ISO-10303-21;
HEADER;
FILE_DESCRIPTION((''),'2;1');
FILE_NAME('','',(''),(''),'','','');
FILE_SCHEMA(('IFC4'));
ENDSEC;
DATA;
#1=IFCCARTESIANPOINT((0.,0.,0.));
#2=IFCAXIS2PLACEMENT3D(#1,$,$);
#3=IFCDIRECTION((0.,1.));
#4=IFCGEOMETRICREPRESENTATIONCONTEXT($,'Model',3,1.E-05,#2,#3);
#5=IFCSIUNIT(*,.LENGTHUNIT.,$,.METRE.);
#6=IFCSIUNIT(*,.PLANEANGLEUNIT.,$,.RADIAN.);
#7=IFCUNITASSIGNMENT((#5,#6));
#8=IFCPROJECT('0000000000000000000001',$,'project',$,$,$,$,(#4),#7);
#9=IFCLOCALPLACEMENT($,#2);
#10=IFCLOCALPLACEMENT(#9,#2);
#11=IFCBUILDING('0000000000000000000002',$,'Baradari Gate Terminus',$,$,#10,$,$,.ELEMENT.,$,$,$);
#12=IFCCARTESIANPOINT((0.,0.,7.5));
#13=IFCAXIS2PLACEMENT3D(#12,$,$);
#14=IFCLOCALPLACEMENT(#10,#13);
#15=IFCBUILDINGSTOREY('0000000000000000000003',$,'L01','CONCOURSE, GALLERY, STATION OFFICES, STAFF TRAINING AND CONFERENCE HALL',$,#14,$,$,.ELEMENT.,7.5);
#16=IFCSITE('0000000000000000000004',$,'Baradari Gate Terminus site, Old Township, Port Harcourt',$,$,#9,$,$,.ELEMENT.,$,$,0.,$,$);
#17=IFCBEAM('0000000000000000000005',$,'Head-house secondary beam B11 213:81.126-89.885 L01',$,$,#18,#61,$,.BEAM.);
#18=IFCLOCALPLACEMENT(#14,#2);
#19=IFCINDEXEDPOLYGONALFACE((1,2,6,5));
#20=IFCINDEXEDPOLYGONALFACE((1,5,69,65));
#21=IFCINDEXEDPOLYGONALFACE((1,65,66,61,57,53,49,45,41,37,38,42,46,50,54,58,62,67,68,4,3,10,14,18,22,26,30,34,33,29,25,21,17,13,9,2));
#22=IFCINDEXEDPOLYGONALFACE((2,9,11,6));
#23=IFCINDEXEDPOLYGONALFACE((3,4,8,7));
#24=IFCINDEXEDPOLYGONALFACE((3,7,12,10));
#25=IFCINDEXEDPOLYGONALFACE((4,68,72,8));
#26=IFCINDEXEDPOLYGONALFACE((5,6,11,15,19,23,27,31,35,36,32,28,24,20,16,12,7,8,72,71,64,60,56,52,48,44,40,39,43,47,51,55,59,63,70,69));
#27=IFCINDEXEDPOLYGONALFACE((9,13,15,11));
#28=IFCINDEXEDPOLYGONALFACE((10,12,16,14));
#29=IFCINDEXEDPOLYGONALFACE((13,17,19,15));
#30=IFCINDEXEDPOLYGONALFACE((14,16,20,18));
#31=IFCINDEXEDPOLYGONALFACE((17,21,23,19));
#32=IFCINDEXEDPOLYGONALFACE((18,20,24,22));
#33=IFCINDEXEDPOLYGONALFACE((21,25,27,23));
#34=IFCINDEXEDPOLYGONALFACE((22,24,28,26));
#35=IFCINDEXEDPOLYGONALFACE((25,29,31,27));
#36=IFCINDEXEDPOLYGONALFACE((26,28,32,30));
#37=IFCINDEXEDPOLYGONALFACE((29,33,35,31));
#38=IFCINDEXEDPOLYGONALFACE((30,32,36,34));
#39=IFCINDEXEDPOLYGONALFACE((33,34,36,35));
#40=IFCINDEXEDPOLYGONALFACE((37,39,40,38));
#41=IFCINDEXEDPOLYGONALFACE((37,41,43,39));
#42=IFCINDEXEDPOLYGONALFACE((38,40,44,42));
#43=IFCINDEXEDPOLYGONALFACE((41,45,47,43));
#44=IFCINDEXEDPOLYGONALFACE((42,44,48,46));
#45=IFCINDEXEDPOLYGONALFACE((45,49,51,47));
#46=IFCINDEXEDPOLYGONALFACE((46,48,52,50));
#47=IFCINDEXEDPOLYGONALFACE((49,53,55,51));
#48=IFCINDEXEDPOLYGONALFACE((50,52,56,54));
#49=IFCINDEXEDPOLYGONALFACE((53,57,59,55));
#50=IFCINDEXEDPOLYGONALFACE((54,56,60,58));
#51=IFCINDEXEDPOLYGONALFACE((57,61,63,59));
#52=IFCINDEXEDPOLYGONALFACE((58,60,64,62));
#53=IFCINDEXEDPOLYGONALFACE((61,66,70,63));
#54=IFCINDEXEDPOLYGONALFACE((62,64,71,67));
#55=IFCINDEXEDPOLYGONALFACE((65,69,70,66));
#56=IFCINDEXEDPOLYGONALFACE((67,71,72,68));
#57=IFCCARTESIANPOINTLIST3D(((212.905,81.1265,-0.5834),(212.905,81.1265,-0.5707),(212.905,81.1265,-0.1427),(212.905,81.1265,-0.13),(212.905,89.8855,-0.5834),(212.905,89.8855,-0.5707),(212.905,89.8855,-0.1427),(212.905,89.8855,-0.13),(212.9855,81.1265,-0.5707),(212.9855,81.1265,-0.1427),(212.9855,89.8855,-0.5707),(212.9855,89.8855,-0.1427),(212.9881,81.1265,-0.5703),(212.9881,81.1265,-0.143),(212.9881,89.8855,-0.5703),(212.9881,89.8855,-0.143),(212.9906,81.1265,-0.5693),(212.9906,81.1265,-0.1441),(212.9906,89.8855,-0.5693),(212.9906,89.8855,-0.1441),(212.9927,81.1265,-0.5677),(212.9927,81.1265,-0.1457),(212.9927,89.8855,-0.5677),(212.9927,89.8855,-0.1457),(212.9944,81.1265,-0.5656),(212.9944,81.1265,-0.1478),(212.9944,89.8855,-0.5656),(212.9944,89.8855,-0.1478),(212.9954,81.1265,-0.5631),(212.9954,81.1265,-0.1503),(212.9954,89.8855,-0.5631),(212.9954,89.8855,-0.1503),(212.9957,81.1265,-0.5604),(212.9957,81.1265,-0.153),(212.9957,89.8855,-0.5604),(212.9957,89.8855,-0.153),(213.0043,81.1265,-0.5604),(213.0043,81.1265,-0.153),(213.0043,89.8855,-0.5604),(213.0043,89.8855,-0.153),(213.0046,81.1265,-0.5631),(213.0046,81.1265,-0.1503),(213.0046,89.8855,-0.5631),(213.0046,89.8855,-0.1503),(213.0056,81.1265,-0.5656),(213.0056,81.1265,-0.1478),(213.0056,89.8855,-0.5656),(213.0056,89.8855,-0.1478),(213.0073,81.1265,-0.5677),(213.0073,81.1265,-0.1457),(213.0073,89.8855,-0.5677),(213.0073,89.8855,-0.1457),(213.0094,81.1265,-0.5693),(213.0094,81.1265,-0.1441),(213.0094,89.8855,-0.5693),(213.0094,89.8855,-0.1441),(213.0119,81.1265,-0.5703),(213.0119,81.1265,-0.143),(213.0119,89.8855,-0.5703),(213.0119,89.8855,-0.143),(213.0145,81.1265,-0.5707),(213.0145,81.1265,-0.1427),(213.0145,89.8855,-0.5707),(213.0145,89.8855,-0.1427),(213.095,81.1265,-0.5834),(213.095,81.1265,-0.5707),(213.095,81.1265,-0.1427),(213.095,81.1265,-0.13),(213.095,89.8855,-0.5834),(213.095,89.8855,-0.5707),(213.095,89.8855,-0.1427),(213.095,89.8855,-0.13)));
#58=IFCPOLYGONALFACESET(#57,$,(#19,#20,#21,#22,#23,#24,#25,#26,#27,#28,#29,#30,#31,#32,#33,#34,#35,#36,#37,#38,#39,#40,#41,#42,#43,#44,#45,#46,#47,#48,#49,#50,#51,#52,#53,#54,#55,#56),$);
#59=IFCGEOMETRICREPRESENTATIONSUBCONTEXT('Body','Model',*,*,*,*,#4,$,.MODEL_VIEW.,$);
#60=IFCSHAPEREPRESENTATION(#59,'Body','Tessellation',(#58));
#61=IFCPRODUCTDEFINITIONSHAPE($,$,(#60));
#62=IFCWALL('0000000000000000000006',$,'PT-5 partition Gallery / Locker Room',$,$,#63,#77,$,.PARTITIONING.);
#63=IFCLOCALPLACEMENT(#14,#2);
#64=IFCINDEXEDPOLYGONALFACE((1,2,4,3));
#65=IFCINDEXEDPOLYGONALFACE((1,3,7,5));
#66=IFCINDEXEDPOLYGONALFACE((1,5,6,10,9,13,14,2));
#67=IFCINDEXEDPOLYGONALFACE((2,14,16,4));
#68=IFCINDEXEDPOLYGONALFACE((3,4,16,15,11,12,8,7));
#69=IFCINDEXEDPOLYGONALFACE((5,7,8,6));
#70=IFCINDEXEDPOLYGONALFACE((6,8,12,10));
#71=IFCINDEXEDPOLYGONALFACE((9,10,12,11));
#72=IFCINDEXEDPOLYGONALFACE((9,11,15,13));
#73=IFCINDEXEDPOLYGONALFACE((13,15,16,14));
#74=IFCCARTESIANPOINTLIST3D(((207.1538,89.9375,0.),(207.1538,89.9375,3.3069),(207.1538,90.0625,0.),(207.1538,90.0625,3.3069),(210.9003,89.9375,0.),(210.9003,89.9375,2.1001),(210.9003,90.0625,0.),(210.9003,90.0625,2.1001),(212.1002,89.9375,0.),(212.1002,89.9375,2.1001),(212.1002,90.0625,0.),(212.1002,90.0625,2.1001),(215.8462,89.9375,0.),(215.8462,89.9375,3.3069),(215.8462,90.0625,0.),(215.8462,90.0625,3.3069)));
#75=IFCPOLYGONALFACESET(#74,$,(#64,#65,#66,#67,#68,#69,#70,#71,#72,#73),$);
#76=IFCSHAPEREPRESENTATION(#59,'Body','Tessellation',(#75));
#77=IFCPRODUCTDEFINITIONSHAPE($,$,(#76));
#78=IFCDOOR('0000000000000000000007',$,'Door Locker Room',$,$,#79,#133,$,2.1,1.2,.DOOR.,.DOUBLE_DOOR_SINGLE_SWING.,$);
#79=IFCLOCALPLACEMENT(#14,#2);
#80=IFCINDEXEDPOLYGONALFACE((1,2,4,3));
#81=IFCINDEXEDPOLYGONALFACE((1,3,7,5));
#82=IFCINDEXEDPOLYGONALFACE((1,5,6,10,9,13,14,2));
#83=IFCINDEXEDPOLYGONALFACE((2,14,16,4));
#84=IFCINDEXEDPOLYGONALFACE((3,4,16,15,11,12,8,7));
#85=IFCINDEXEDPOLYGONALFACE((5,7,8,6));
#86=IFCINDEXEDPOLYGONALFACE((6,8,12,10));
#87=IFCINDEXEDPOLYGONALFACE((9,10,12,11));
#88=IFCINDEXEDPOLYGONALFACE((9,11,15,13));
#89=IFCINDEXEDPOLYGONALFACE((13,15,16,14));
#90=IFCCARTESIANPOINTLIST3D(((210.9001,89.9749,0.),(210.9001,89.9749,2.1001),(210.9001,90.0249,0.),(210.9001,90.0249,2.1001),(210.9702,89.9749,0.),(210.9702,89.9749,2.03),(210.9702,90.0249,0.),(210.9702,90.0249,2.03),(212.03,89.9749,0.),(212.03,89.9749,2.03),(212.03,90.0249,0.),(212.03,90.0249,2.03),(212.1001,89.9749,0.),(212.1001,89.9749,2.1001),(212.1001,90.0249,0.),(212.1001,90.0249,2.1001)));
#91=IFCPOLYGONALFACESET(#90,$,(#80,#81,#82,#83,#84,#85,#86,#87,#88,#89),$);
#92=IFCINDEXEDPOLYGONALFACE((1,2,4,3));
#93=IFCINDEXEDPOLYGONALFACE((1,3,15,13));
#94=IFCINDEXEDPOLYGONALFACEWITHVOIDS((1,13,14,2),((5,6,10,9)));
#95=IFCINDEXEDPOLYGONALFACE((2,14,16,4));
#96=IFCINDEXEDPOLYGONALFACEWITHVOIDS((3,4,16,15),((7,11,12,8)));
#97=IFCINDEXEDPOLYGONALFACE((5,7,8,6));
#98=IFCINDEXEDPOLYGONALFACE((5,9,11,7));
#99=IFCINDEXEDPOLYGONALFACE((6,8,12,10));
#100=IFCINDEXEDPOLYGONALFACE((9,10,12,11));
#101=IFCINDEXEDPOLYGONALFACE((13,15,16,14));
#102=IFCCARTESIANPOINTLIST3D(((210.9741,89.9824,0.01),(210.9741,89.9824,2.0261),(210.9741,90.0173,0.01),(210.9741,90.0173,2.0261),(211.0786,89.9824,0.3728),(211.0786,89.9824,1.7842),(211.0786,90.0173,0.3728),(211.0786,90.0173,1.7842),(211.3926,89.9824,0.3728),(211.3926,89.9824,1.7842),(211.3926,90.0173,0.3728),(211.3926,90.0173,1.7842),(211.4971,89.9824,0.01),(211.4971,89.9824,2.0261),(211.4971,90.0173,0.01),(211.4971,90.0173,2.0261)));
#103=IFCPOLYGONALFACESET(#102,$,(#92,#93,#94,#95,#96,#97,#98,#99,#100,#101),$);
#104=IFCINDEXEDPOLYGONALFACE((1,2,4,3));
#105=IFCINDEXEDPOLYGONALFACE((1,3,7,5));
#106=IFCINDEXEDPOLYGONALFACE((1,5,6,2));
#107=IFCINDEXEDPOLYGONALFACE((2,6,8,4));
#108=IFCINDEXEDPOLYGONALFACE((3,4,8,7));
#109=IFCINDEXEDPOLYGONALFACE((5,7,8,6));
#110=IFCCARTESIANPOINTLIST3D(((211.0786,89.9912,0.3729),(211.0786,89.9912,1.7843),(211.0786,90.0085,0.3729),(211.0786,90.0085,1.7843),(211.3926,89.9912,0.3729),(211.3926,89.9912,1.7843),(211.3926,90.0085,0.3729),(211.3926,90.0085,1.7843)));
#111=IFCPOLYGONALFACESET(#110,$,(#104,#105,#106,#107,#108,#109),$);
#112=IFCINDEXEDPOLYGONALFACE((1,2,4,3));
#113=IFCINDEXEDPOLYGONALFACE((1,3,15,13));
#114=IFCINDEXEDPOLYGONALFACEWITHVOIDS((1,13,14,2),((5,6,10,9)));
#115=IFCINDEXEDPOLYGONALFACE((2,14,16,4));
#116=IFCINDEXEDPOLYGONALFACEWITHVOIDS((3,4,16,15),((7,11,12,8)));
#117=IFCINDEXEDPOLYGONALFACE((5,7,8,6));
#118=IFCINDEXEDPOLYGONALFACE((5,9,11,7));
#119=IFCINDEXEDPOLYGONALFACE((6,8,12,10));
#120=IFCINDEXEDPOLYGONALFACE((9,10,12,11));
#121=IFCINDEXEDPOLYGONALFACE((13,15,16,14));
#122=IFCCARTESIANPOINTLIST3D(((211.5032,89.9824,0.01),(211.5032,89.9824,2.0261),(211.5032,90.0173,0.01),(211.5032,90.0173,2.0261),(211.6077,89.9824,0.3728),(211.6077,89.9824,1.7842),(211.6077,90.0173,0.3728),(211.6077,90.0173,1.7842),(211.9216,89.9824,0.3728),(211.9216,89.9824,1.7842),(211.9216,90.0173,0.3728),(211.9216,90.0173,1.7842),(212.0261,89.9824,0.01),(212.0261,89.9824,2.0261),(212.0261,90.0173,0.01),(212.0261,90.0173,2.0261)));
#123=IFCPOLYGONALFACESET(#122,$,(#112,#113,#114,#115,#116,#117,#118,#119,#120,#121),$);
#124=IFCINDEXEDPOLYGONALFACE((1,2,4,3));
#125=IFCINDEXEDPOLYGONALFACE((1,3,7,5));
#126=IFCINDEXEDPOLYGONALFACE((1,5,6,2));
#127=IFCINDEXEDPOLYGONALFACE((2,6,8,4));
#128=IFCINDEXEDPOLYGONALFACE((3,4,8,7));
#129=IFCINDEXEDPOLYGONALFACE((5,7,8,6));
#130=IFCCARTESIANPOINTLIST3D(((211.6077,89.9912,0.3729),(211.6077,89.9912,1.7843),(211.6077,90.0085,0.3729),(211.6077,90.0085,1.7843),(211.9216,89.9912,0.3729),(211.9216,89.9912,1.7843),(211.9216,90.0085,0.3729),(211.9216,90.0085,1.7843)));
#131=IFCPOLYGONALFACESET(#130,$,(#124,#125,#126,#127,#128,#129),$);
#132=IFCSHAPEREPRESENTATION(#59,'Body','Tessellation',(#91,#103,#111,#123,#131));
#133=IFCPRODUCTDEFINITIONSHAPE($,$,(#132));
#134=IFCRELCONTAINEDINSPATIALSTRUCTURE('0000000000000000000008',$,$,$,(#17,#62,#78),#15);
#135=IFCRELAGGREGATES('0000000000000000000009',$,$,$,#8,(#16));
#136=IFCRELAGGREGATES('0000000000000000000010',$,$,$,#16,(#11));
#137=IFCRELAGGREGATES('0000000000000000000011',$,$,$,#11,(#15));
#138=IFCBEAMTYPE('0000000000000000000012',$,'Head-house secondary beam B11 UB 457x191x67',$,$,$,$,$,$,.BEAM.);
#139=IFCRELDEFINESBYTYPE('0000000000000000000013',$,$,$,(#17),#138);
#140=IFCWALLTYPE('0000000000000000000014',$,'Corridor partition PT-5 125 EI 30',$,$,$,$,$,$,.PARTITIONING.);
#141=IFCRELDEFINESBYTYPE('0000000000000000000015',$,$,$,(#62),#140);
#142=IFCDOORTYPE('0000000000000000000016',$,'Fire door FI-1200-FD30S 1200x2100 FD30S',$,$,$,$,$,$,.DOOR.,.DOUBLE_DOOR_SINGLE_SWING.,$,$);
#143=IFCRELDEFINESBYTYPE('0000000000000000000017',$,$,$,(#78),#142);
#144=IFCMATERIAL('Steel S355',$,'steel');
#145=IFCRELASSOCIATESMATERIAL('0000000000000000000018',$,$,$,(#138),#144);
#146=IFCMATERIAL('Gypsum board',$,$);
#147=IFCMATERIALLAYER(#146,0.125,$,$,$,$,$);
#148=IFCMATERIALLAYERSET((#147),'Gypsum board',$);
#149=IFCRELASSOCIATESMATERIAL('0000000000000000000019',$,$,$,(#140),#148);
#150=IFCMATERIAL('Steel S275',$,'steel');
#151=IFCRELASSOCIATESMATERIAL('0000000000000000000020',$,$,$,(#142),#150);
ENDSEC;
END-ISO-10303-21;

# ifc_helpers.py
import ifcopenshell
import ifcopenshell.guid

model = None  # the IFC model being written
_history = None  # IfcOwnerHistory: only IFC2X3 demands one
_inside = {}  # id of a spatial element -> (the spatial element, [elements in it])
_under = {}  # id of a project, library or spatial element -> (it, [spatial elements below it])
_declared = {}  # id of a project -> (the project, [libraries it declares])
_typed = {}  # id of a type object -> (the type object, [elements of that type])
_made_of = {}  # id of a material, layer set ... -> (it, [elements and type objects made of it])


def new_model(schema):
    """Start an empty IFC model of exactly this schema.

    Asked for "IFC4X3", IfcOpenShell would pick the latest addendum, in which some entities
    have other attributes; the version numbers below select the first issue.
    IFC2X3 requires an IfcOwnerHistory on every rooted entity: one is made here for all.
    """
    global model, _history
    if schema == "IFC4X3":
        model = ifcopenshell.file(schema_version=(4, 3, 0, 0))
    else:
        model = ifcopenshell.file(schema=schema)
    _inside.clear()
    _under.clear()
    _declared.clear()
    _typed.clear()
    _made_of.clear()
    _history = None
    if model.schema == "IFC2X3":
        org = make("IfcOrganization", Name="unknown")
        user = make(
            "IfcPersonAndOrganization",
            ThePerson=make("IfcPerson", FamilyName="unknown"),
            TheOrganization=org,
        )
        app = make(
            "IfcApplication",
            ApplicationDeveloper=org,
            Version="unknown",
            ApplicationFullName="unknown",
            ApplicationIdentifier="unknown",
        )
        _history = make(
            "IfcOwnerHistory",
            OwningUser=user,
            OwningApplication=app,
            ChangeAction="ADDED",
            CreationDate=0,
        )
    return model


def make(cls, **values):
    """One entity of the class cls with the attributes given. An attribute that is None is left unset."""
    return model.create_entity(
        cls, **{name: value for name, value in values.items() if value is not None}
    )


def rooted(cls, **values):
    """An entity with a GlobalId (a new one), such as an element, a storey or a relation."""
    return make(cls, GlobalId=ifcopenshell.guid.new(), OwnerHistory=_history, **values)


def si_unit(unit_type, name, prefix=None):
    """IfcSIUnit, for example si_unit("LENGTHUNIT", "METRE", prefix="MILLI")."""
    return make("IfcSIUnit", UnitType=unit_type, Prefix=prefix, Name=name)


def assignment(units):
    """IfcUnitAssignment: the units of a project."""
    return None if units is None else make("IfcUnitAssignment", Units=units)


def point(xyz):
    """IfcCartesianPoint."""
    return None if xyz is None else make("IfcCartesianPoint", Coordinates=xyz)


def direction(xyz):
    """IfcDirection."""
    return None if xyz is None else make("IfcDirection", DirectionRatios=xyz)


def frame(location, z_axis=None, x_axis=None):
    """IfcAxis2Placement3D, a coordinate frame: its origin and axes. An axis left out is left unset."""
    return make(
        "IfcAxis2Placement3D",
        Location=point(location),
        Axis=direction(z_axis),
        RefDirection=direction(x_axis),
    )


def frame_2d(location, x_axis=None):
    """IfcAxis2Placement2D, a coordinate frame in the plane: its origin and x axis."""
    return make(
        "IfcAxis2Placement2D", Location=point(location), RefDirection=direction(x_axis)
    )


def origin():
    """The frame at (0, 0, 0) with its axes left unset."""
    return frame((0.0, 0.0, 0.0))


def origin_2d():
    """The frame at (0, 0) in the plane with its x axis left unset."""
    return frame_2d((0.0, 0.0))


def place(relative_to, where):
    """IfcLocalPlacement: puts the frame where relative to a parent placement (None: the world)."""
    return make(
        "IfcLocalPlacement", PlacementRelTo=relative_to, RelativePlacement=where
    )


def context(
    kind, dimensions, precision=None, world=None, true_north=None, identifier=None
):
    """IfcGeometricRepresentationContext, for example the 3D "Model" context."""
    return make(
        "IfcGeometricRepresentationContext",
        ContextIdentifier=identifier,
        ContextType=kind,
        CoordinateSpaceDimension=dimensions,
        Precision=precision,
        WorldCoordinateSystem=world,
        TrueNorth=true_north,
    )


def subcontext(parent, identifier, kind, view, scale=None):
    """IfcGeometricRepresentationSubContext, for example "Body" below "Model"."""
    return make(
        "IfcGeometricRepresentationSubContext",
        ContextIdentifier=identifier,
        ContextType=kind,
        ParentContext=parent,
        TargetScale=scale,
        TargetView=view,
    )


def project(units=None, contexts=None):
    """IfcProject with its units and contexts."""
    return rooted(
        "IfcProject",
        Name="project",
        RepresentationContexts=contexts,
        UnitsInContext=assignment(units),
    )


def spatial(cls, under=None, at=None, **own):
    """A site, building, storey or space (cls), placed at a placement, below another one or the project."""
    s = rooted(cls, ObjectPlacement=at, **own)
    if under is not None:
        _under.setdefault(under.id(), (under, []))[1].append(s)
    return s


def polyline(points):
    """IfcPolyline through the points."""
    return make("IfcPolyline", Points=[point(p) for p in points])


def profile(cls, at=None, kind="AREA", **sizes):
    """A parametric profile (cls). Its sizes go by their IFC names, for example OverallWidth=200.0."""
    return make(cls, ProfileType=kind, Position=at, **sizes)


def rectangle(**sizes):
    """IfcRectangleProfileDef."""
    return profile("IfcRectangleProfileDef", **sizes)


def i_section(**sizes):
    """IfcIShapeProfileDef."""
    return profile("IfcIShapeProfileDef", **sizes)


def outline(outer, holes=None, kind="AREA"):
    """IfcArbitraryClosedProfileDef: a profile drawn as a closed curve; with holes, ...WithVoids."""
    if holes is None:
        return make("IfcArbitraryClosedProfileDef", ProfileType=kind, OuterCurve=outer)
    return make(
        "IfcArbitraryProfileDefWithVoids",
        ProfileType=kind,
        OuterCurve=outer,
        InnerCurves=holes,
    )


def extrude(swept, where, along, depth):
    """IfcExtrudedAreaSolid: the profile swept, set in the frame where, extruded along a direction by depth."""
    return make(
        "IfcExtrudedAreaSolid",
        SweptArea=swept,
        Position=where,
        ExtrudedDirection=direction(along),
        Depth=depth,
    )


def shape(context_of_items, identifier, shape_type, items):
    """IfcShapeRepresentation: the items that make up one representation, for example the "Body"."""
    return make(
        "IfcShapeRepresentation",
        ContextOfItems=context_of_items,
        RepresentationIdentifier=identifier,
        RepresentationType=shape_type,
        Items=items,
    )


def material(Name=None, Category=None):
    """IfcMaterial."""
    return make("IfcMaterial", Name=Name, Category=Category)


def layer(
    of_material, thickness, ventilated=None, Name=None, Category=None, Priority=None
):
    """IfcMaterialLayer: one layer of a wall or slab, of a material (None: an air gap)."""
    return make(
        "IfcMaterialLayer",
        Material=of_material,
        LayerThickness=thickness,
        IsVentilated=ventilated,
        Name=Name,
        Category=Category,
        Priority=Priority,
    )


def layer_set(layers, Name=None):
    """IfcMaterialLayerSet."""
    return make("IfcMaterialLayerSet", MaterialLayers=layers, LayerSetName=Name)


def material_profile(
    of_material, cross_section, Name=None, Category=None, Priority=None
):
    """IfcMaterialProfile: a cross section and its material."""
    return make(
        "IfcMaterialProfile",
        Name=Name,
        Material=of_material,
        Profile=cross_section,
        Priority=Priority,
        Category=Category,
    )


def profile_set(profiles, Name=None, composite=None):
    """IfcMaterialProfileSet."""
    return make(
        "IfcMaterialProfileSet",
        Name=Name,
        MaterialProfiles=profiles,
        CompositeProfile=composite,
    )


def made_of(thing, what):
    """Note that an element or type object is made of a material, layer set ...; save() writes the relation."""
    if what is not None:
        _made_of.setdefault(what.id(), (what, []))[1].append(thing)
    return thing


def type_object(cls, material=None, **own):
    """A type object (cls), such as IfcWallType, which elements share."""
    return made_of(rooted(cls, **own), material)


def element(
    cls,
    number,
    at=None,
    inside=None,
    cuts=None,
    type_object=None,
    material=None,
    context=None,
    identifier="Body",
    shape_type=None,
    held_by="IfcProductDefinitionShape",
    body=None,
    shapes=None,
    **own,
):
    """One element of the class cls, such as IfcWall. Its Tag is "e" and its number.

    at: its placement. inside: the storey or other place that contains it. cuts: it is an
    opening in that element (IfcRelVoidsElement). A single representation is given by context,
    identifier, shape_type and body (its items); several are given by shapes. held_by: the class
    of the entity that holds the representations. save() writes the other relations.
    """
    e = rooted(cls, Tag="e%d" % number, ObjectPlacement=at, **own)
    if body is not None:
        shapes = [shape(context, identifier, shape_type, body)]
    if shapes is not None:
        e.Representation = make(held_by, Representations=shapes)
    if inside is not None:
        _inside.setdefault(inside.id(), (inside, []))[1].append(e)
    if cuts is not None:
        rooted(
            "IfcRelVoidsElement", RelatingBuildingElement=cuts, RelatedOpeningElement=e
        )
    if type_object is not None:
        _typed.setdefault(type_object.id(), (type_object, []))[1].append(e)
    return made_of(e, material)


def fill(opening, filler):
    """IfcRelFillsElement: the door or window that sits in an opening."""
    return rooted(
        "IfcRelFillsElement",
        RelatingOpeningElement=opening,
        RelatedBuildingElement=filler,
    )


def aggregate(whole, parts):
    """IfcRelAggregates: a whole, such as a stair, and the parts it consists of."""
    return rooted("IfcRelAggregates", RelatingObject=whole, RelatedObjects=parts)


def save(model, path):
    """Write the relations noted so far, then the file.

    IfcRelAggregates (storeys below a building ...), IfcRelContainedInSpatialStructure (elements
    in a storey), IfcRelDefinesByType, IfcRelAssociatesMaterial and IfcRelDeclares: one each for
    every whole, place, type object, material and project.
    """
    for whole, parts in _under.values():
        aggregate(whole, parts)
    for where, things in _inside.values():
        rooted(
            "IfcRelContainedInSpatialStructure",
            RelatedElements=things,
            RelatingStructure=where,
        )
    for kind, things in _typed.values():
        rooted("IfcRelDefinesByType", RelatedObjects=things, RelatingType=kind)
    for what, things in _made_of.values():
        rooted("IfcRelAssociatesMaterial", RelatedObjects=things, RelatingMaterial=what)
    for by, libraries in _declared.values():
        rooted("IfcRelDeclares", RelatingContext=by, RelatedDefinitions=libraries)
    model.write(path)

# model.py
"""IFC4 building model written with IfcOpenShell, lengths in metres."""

from ifc_helpers import new_model, si_unit, direction, frame, frame_2d, origin, origin_2d, place, context, subcontext, project, spatial, polyline, rectangle, i_section, outline, extrude, material, layer, layer_set, material_profile, profile_set, type_object, element, fill, save


model = new_model("IFC4")

# Units and contexts
model_context = context("Model", 3, precision=1e-05, world=origin(), true_north=direction((0.0, 1.0)))
body_context = subcontext(model_context, "Body", "Model", "MODEL_VIEW")
ifc_project = project(units=[si_unit("LENGTHUNIT", "METRE"), si_unit("PLANEANGLEUNIT", "RADIAN")], contexts=[model_context])

# Site, building, storey
site_placement = place(None, origin())
site = spatial("IfcSite", under=ifc_project, at=site_placement, Name="Baradari Gate Terminus site, Old Township, Port Harcourt", CompositionType="ELEMENT", RefElevation=0.0)
building_placement = place(site_placement, origin())
building = spatial("IfcBuilding", under=site, at=building_placement, Name="Baradari Gate Terminus", CompositionType="ELEMENT")
storey_placement = place(building_placement, frame((0.0, 0.0, 7.5)))
storey = spatial("IfcBuildingStorey", under=building, at=storey_placement, Name="L01", Description="CONCOURSE, GALLERY, STATION OFFICES, STAFF TRAINING AND CONFERENCE HALL", CompositionType="ELEMENT", Elevation=7.5)

# Beam
ifc_material_1 = material(Name="Steel S355", Category="steel")
ifc_material_profile_1 = material_profile(ifc_material_1, i_section(OverallWidth=0.1899, OverallDepth=0.4534, WebThickness=0.0085, FlangeThickness=0.0127, FilletRadius=0.0103, at=origin_2d()), Name="UB 457x191x67")
ifc_profile_set_1 = profile_set([ifc_material_profile_1], Name="Steel S355")
beam_type_1 = type_object("IfcBeamType", Name="Head-house secondary beam B11 UB 457x191x67", PredefinedType="BEAM", material=ifc_profile_set_1)
for number, where, z_axis, x_axis, name in (
    (1, (213.0, 81.1265, -0.3567), (0.0, 1.0, 0.0), (-1.0, 0.0, 0.0), "Head-house secondary beam B11 213:81.126-89.885 L01"),
):
    element("IfcBeam", number, at=place(storey_placement, frame(where, z_axis=z_axis, x_axis=x_axis)), inside=storey, type_object=beam_type_1, Name=name, PredefinedType="BEAM", context=body_context, shape_type="SweptSolid", body=[
        extrude(i_section(OverallWidth=0.1899, OverallDepth=0.4534, WebThickness=0.0085, FlangeThickness=0.0127, FilletRadius=0.0103, at=origin_2d()), origin(), (0.0, 0.0, 1.0), 8.759),
    ])

# Wall, opening, door
ifc_material_2 = material(Name="Gypsum board")
ifc_layer = layer(ifc_material_2, 0.125)
ifc_layer_set = layer_set([ifc_layer], Name="Gypsum board")
wall_type = type_object("IfcWallType", Name="Corridor partition PT-5 125 EI 30", PredefinedType="PARTITIONING", material=ifc_layer_set)
wall_placement = place(storey_placement, frame((207.1538, 90.0, 0.0), z_axis=(0.0, 0.0, 1.0), x_axis=(1.0, 0.0, 0.0)))
wall = element("IfcWall", 2, at=wall_placement, inside=storey, type_object=wall_type, Name="PT-5 partition Gallery / Locker Room", PredefinedType="PARTITIONING", context=body_context, shape_type="SweptSolid", body=[
    extrude(rectangle(XDim=8.6924, YDim=0.125, at=frame_2d((4.3462, 0.0))), origin(), (0.0, 0.0, 1.0), 3.3069),
])
opening_placement = place(wall_placement, frame((3.7463, 0.0, 0.0)))
opening = element("IfcOpeningElement", 3, at=opening_placement, cuts=wall, PredefinedType="OPENING", context=body_context, shape_type="SweptSolid", body=[
    extrude(rectangle(XDim=1.2, YDim=2.1001, at=frame_2d((0.6001, 1.05))), frame((0.0, 0.0725, 0.0), z_axis=(0.0, -1.0, 0.0), x_axis=(1.0, 0.0, 0.0)), (0.0, 0.0, 1.0), 0.145),
])
ifc_material_3 = material(Name="Steel S275", Category="steel")
door_type = type_object("IfcDoorType", Name="Fire door FI-1200-FD30S 1200x2100 FD30S", OperationType="DOUBLE_DOOR_SINGLE_SWING", PredefinedType="DOOR", material=ifc_material_3)
door_placement = place(opening_placement, origin())
door = element("IfcDoor", 4, at=door_placement, inside=storey, type_object=door_type, Name="Door Locker Room", OperationType="DOUBLE_DOOR_SINGLE_SWING", OverallHeight=2.1, OverallWidth=1.2, PredefinedType="DOOR", context=body_context, shape_type="SweptSolid", body=[
    extrude(outline(polyline([(0.0, 0.0), (0.0701, 0.0), (0.0701, 2.03), (1.1299, 2.03), (1.1299, 0.0), (1.2, 0.0), (1.2, 2.1001), (0.0, 2.1001), (0.0, 0.0)])), frame((0.0, 0.0249, 0.0), z_axis=(0.0, -1.0, 0.0), x_axis=(1.0, 0.0, 0.0)), (0.0, 0.0, 1.0), 0.05),
    extrude(outline(polyline([(0.074, 0.01), (0.5969, 0.01), (0.5969, 2.0261), (0.074, 2.0261), (0.074, 0.01)]), holes=[polyline([(0.1785, 0.3728), (0.4924, 0.3728), (0.4924, 1.7842), (0.1785, 1.7842), (0.1785, 0.3728)])]), frame((0.0, 0.0173, 0.0), z_axis=(0.0, -1.0, 0.0), x_axis=(1.0, 0.0, 0.0)), (0.0, 0.0, 1.0), 0.0349),
    extrude(rectangle(XDim=0.314, YDim=1.4114, at=frame_2d((0.3354, 1.0786))), frame((0.0, 0.0085, 0.0), z_axis=(0.0, -1.0, 0.0), x_axis=(1.0, 0.0, 0.0)), (0.0, 0.0, 1.0), 0.0173),
    extrude(outline(polyline([(0.603, 0.01), (1.126, 0.01), (1.126, 2.0261), (0.603, 2.0261), (0.603, 0.01)]), holes=[polyline([(0.7075, 0.3728), (1.0215, 0.3728), (1.0215, 1.7842), (0.7075, 1.7842), (0.7075, 0.3728)])]), frame((0.0, 0.0173, 0.0), z_axis=(0.0, -1.0, 0.0), x_axis=(1.0, 0.0, 0.0)), (0.0, 0.0, 1.0), 0.0349),
    extrude(rectangle(XDim=0.314, YDim=1.4114, at=frame_2d((0.8645, 1.0786))), frame((0.0, 0.0085, 0.0), z_axis=(0.0, -1.0, 0.0), x_axis=(1.0, 0.0, 0.0)), (0.0, 0.0, 1.0), 0.0173),
])
fill(opening, door)

save(model, "model.ifc")
